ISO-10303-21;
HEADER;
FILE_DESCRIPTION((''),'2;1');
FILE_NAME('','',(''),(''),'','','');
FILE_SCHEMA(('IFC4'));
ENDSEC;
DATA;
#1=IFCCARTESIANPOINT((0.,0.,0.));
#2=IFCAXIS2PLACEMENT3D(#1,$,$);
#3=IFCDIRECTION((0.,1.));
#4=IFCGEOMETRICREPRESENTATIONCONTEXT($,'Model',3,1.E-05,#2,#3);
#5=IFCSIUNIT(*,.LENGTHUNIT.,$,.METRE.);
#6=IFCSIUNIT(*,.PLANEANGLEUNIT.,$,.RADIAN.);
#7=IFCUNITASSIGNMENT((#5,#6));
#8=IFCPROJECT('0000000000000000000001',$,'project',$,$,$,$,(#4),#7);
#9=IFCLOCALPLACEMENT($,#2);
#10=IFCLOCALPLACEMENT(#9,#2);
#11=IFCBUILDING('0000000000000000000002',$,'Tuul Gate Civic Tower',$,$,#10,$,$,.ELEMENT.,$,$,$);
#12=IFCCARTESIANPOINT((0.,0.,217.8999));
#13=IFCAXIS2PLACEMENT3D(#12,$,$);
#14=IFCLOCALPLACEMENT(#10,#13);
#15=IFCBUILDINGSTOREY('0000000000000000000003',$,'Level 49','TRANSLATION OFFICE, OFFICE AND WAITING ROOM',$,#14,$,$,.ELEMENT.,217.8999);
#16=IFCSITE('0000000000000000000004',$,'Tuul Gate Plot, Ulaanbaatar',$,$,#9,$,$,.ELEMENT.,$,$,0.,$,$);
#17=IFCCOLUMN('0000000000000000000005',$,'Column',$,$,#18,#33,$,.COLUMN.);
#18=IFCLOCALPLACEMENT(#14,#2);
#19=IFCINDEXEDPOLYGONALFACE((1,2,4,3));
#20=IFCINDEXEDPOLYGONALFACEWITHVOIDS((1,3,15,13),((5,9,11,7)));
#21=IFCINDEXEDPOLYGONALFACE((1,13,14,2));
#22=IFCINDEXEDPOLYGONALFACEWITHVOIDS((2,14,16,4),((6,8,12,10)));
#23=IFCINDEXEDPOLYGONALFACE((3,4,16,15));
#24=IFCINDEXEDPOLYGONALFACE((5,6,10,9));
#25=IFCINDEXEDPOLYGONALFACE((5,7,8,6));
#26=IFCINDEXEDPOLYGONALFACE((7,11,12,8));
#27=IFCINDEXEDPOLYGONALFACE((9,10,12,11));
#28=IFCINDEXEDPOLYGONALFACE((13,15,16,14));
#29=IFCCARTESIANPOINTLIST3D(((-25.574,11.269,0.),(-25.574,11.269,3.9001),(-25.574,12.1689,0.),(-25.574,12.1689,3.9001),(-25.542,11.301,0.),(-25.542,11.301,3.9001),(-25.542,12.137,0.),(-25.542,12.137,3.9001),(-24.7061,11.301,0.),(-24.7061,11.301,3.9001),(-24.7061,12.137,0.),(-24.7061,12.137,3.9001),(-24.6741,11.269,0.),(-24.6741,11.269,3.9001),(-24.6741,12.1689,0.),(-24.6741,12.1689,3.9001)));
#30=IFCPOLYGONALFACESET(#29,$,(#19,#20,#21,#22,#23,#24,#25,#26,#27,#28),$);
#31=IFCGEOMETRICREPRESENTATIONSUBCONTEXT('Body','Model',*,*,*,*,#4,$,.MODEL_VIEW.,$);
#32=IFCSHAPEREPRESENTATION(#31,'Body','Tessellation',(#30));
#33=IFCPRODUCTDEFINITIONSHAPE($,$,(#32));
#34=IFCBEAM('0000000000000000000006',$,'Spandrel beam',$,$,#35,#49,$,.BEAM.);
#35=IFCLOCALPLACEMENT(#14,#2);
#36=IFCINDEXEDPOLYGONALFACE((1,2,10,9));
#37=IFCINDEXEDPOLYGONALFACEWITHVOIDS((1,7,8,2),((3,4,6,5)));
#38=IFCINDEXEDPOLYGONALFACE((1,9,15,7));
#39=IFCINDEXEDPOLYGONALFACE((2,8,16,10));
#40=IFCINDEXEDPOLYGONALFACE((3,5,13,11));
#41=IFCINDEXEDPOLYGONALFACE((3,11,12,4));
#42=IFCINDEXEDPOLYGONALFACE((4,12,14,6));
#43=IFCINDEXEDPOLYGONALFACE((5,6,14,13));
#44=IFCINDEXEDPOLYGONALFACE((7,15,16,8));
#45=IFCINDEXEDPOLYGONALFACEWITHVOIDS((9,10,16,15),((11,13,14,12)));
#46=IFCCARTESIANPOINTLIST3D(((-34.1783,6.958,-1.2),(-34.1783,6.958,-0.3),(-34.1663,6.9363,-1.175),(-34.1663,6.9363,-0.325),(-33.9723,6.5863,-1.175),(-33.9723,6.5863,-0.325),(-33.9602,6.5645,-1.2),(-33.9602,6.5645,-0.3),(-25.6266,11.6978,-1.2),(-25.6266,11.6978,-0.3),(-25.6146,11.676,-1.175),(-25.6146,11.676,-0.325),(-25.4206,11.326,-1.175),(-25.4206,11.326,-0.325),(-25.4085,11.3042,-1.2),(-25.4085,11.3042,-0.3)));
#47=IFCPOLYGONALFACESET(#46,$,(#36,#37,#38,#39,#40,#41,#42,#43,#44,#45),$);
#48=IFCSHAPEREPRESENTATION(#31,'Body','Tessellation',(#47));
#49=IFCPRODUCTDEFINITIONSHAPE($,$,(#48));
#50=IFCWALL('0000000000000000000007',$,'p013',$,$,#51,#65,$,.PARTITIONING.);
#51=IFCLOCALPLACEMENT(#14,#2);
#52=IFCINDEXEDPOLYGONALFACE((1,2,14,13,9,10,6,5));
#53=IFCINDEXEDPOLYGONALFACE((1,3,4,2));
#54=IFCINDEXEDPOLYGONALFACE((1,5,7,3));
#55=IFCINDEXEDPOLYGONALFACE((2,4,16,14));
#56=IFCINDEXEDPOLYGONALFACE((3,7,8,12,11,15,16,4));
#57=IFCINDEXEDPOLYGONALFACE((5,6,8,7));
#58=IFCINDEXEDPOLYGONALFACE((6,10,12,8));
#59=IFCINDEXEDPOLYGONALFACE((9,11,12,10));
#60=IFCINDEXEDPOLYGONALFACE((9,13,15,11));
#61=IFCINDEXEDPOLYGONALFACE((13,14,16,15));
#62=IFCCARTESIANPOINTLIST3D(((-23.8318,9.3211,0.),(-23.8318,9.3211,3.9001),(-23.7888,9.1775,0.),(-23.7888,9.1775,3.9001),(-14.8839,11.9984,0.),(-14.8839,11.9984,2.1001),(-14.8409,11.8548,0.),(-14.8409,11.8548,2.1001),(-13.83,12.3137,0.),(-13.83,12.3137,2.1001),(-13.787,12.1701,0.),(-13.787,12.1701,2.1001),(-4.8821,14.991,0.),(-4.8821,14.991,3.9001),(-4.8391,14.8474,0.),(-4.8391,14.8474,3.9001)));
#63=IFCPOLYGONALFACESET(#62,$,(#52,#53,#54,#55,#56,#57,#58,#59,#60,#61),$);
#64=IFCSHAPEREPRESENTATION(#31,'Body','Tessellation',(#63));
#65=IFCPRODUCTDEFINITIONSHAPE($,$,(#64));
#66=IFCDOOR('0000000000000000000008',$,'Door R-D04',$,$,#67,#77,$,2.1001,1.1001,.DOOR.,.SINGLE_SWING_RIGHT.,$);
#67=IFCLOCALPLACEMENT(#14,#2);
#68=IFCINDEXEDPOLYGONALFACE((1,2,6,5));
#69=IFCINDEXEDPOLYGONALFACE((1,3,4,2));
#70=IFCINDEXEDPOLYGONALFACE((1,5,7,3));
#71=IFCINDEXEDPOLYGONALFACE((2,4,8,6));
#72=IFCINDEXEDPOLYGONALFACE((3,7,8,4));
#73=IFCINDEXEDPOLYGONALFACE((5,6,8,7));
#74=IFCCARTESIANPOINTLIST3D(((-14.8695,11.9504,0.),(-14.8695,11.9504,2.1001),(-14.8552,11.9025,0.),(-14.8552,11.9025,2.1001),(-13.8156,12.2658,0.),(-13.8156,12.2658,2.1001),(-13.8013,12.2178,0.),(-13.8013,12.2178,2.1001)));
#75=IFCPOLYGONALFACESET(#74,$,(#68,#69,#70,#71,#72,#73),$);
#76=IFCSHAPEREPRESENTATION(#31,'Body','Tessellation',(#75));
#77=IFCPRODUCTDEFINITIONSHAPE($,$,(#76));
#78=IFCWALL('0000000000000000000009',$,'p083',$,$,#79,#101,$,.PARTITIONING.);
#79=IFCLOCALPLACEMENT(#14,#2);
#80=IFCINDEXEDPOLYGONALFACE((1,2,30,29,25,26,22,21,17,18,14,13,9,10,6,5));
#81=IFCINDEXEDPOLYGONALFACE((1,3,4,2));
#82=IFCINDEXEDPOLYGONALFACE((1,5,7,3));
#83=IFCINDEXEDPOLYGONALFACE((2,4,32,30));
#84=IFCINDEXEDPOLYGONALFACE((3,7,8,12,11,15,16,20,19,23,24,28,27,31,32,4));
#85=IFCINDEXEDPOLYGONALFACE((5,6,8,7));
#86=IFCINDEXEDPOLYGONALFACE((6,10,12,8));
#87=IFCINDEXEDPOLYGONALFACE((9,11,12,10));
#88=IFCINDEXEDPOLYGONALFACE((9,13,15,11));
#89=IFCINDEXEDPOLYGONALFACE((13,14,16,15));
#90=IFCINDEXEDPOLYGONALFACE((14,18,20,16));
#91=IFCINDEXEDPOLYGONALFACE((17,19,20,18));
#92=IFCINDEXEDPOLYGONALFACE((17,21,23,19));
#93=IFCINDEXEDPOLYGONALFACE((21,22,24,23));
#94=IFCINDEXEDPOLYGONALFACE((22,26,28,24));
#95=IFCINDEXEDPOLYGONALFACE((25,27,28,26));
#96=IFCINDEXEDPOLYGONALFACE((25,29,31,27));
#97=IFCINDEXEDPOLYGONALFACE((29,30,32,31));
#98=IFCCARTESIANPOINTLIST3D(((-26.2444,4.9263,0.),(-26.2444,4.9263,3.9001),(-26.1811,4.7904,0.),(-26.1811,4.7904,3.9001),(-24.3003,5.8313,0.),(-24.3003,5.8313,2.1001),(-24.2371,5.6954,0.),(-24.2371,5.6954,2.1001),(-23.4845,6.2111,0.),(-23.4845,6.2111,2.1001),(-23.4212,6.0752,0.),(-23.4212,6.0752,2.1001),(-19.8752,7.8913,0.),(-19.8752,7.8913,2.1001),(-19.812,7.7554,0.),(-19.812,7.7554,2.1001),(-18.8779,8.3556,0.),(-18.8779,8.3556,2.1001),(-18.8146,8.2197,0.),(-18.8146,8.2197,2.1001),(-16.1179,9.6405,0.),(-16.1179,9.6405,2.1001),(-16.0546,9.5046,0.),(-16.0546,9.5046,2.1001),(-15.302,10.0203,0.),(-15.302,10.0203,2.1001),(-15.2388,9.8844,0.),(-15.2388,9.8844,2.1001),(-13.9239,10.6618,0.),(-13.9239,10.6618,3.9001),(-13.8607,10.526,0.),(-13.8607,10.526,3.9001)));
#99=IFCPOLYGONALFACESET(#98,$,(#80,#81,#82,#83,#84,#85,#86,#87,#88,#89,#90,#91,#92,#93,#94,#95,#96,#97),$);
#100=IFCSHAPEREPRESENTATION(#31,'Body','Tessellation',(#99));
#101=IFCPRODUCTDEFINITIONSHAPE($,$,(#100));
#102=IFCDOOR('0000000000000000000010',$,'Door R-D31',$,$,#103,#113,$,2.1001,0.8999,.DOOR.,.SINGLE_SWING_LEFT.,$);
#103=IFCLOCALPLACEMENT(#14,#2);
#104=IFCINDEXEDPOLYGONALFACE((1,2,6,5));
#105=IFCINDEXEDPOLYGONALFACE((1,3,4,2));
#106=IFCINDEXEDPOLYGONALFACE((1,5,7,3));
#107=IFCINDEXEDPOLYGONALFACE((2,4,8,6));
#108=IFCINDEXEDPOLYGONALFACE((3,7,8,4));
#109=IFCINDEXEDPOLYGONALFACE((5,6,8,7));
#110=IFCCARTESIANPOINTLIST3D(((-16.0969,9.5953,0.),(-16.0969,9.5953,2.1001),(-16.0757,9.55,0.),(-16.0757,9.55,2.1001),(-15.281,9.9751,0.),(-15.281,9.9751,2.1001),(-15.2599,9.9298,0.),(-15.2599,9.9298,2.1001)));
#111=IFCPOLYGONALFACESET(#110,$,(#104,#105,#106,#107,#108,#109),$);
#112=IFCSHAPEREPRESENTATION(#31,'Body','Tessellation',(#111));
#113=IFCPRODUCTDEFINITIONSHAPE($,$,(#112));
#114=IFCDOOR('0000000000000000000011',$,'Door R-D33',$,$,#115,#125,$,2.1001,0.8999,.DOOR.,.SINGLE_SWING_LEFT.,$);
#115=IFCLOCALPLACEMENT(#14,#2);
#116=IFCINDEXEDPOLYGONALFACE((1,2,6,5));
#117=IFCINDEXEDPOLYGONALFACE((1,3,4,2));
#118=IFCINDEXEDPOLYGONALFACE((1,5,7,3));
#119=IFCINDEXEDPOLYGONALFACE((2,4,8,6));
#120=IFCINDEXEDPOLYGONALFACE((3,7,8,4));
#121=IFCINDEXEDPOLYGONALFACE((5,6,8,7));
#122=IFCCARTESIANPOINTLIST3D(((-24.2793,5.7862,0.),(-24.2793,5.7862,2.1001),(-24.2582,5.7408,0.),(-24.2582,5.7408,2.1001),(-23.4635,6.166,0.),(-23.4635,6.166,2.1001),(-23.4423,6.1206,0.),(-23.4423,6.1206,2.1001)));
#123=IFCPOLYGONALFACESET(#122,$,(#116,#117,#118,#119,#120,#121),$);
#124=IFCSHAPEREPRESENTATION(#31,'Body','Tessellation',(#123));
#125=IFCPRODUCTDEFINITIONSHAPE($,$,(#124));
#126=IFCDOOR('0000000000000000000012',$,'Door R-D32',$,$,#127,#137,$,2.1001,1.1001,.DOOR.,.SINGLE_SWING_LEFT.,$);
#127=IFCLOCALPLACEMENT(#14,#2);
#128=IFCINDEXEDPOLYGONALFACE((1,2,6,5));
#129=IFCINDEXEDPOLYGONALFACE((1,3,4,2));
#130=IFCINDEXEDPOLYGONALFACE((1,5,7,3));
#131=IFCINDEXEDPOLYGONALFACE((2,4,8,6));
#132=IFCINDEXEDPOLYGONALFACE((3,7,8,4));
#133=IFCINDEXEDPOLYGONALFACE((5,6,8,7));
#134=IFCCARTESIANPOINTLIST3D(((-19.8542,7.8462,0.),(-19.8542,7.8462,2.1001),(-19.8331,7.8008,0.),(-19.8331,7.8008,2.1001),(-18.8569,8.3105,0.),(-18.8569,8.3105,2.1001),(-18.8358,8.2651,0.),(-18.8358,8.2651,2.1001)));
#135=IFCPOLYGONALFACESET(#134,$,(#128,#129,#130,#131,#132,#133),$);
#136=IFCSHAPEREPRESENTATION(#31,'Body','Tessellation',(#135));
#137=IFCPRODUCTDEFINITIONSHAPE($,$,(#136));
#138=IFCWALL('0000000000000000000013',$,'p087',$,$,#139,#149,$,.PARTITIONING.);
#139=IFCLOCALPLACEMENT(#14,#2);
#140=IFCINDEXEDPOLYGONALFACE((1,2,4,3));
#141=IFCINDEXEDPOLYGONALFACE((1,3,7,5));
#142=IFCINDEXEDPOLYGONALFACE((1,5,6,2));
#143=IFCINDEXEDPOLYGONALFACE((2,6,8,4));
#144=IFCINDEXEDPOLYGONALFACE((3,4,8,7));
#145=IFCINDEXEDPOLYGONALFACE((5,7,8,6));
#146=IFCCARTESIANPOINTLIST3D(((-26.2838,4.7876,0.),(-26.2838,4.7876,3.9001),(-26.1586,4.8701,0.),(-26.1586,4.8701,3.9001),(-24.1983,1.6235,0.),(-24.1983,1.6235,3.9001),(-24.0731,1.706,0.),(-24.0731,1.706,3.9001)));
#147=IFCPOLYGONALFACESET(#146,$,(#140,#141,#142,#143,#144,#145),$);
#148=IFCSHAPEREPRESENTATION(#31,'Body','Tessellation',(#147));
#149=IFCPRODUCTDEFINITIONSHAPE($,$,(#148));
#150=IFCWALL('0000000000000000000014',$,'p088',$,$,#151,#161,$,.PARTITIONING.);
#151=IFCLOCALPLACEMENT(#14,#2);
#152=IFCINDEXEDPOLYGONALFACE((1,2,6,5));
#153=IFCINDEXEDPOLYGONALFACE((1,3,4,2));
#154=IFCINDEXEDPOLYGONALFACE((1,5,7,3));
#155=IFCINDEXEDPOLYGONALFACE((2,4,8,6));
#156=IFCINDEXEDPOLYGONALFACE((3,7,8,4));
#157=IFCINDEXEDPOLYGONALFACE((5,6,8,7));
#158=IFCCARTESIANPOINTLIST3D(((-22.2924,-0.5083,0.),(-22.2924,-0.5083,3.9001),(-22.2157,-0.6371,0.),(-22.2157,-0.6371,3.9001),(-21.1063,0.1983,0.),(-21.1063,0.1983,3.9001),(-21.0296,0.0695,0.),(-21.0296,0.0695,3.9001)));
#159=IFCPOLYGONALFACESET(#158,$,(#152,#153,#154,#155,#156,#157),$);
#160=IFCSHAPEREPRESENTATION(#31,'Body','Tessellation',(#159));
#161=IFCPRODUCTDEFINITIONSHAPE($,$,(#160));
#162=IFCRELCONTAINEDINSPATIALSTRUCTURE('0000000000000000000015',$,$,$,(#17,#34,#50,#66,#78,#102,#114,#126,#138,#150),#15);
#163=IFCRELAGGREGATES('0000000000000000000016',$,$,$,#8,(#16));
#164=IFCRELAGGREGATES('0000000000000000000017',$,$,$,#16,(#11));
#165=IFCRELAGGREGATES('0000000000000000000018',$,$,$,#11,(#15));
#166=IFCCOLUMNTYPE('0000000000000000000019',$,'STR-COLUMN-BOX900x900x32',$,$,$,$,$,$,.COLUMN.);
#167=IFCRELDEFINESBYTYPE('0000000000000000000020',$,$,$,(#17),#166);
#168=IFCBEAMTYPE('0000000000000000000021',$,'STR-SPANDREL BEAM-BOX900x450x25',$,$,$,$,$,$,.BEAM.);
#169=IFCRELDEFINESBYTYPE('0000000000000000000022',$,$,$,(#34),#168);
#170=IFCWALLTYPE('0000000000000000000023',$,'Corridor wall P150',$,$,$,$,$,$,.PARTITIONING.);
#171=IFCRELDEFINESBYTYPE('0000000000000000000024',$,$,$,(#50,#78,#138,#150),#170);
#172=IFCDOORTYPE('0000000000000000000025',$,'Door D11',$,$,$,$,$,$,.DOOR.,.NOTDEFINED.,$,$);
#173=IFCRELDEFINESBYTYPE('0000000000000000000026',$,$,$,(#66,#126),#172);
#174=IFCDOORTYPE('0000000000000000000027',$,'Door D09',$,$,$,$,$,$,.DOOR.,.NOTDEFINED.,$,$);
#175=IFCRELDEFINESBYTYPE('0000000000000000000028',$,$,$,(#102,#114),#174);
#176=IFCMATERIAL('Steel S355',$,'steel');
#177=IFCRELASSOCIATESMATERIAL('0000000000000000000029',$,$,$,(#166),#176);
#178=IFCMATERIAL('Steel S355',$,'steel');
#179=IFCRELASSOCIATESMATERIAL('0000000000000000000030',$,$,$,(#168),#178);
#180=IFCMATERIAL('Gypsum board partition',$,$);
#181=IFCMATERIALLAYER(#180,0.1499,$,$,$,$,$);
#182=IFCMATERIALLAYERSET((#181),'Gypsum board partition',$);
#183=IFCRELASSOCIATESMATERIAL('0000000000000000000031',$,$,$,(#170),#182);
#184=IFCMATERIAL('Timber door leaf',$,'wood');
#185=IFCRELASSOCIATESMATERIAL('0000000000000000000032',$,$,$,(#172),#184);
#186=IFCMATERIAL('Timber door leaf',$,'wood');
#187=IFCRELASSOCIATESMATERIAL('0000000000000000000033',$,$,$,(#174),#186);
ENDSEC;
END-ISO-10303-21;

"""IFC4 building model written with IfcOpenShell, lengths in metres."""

from ifc_helpers import new_model, si_unit, direction, frame, frame_2d, origin, origin_2d, place, context, subcontext, project, spatial, rectangle, hollow_rectangle, extrude, material, layer, layer_set, material_profile, profile_set, type_object, element, fill, save


model = new_model("IFC4")

# Units and contexts
model_context = context("Model", 3, precision=1e-05, world=origin(), true_north=direction((0.0, 1.0)))
body_context = subcontext(model_context, "Body", "Model", "MODEL_VIEW")
ifc_project = project(units=[si_unit("LENGTHUNIT", "METRE"), si_unit("PLANEANGLEUNIT", "RADIAN")], contexts=[model_context])

# Site, building, storey
site_placement = place(None, origin())
site = spatial("IfcSite", under=ifc_project, at=site_placement, Name="Tuul Gate Plot, Ulaanbaatar", CompositionType="ELEMENT", RefElevation=0.0)
building_placement = place(site_placement, origin())
building = spatial("IfcBuilding", under=site, at=building_placement, Name="Tuul Gate Civic Tower", CompositionType="ELEMENT")
storey_placement = place(building_placement, frame((0.0, 0.0, 217.8999)))
storey = spatial("IfcBuildingStorey", under=building, at=storey_placement, Name="Level 49", Description="TRANSLATION OFFICE, OFFICE AND WAITING ROOM", CompositionType="ELEMENT", Elevation=217.8999)

# Column
ifc_material_1 = material(Name="Steel S355", Category="steel")
ifc_material_profile_1 = material_profile(ifc_material_1, hollow_rectangle(XDim=0.8999, YDim=0.8999, WallThickness=0.032, at=origin_2d()), Name="BOX900x900x32")
ifc_profile_set_1 = profile_set([ifc_material_profile_1], Name="Steel S355")
column_type = type_object("IfcColumnType", Name="STR-COLUMN-BOX900x900x32", PredefinedType="COLUMN", material=ifc_profile_set_1)
column_placement = place(storey_placement, frame((-25.124, 11.719, 0.0), z_axis=(0.0, 0.0, 1.0), x_axis=(1.0, 0.0, 0.0)))
element("IfcColumn", 1, at=column_placement, inside=storey, type_object=column_type, Name="Column", PredefinedType="COLUMN", context=body_context, shape_type="SweptSolid", body=[
    extrude(hollow_rectangle(XDim=0.8999, YDim=0.8999, WallThickness=0.032, at=origin_2d()), origin(), (0.0, 0.0, 1.0), 3.9001),
])

# Beam
ifc_material_2 = material(Name="Steel S355", Category="steel")
ifc_material_profile_2 = material_profile(ifc_material_2, hollow_rectangle(XDim=0.45, YDim=0.8999, WallThickness=0.0249, at=origin_2d()), Name="BOX900x450x25")
ifc_profile_set_2 = profile_set([ifc_material_profile_2], Name="Steel S355")
beam_type = type_object("IfcBeamType", Name="STR-SPANDREL BEAM-BOX900x450x25", PredefinedType="BEAM", material=ifc_profile_set_2)
beam_placement = place(storey_placement, frame((-25.5176, 11.501, -0.75), z_axis=(-0.874644, -0.484765, 0.0), x_axis=(0.484765, -0.874644, 0.0)))
element("IfcBeam", 2, at=beam_placement, inside=storey, type_object=beam_type, Name="Spandrel beam", PredefinedType="BEAM", context=body_context, shape_type="SweptSolid", body=[
    extrude(hollow_rectangle(XDim=0.45, YDim=0.8999, WallThickness=0.0249, at=origin_2d()), origin(), (0.0, 0.0, 1.0), 9.7773),
])

# Wall, opening, door
ifc_material_3 = material(Name="Gypsum board partition")
ifc_layer_1 = layer(ifc_material_3, 0.1499)
ifc_layer_set_1 = layer_set([ifc_layer_1], Name="Gypsum board partition")
wall_type_1 = type_object("IfcWallType", Name="Corridor wall P150", PredefinedType="PARTITIONING", material=ifc_layer_set_1)
wall_1_placement = place(storey_placement, frame((-23.8103, 9.2493, 0.0), z_axis=(0.0, 0.0, 1.0), x_axis=(0.958035, 0.286653, 0.0)))
wall_1 = element("IfcWall", 3, at=wall_1_placement, inside=storey, type_object=wall_type_1, Name="p013", PredefinedType="PARTITIONING", context=body_context, shape_type="SweptSolid", body=[
    extrude(rectangle(XDim=19.7798, YDim=0.1499, at=frame_2d((9.8899, 0.0))), origin(), (0.0, 0.0, 1.0), 3.9001),
])
opening_1_placement = place(wall_1_placement, frame((9.3398, 0.0, 0.0)))
opening_1 = element("IfcOpeningElement", 4, at=opening_1_placement, cuts=wall_1, PredefinedType="OPENING", context=body_context, shape_type="SweptSolid", body=[
    extrude(rectangle(XDim=1.1001, YDim=2.1001, at=frame_2d((0.55, 1.05))), frame((0.0, 0.085, 0.0), z_axis=(0.0, -1.0, 0.0), x_axis=(1.0, 0.0, 0.0)), (0.0, 0.0, 1.0), 0.1699),
])
ifc_material_4 = material(Name="Timber door leaf", Category="wood")
door_type_1 = type_object("IfcDoorType", Name="Door D11", OperationType="NOTDEFINED", PredefinedType="DOOR", material=ifc_material_4)
door_1_placement = place(opening_1_placement, origin())
door_1 = element("IfcDoor", 5, at=door_1_placement, inside=storey, type_object=door_type_1, Name="Door R-D04", OperationType="SINGLE_SWING_RIGHT", OverallHeight=2.1001, OverallWidth=1.1001, PredefinedType="DOOR", context=body_context, shape_type="SweptSolid", body=[
    extrude(rectangle(XDim=1.1001, YDim=2.1001, at=frame_2d((0.55, 1.05))), frame((0.0, 0.0249, 0.0), z_axis=(0.0, -1.0, 0.0), x_axis=(1.0, 0.0, 0.0)), (0.0, 0.0, 1.0), 0.05),
])
fill(opening_1, door_1)

# Wall, openings, doors
wall_2_placement = place(storey_placement, frame((-26.2126, 4.8584, 0.0), z_axis=(0.0, 0.0, 1.0), x_axis=(0.906577, 0.42204, 0.0)))
wall_2 = element("IfcWall", 6, at=wall_2_placement, inside=storey, type_object=wall_type_1, Name="p083", PredefinedType="PARTITIONING", context=body_context, shape_type="SweptSolid", body=[
    extrude(rectangle(XDim=13.5901, YDim=0.1499, at=frame_2d((6.7949, 0.0))), origin(), (0.0, 0.0, 1.0), 3.9001),
])
opening_2_placement = place(wall_2_placement, frame((11.1699, 0.0, 0.0)))
opening_2 = element("IfcOpeningElement", 7, at=opening_2_placement, cuts=wall_2, PredefinedType="OPENING", context=body_context, shape_type="SweptSolid", body=[
    extrude(rectangle(XDim=0.8999, YDim=2.1001, at=frame_2d((0.45, 1.05))), frame((0.0, 0.085, 0.0), z_axis=(0.0, -1.0, 0.0), x_axis=(1.0, 0.0, 0.0)), (0.0, 0.0, 1.0), 0.1699),
])
opening_3_placement = place(wall_2_placement, frame((7.0254, 0.0, 0.0)))
opening_3 = element("IfcOpeningElement", 8, at=opening_3_placement, cuts=wall_2, PredefinedType="OPENING", context=body_context, shape_type="SweptSolid", body=[
    extrude(rectangle(XDim=1.1001, YDim=2.1001, at=frame_2d((0.55, 1.05))), frame((0.0, 0.085, 0.0), z_axis=(0.0, -1.0, 0.0), x_axis=(1.0, 0.0, 0.0)), (0.0, 0.0, 1.0), 0.1699),
])
opening_4_placement = place(wall_2_placement, frame((2.1443, 0.0, 0.0)))
opening_4 = element("IfcOpeningElement", 9, at=opening_4_placement, cuts=wall_2, PredefinedType="OPENING", context=body_context, shape_type="SweptSolid", body=[
    extrude(rectangle(XDim=0.8999, YDim=2.1001, at=frame_2d((0.45, 1.05))), frame((0.0, 0.085, 0.0), z_axis=(0.0, -1.0, 0.0), x_axis=(1.0, 0.0, 0.0)), (0.0, 0.0, 1.0), 0.1699),
])
ifc_material_5 = material(Name="Timber door leaf", Category="wood")
door_type_2 = type_object("IfcDoorType", Name="Door D09", OperationType="NOTDEFINED", PredefinedType="DOOR", material=ifc_material_5)
door_2_placement = place(opening_2_placement, frame((0.8999, 0.0, 0.0), z_axis=(0.0, 0.0, 1.0), x_axis=(-1.0, 0.0, 0.0)))
door_2 = element("IfcDoor", 10, at=door_2_placement, inside=storey, type_object=door_type_2, Name="Door R-D31", OperationType="SINGLE_SWING_LEFT", OverallHeight=2.1001, OverallWidth=0.8999, PredefinedType="DOOR", context=body_context, shape_type="SweptSolid", body=[
    extrude(rectangle(XDim=0.8999, YDim=2.1001, at=frame_2d((0.45, 1.05))), frame((0.0, 0.0249, 0.0), z_axis=(0.0, -1.0, 0.0), x_axis=(1.0, 0.0, 0.0)), (0.0, 0.0, 1.0), 0.05),
])
fill(opening_2, door_2)
door_3_placement = place(opening_4_placement, frame((0.8999, 0.0, 0.0), z_axis=(0.0, 0.0, 1.0), x_axis=(-1.0, 0.0, 0.0)))
door_3 = element("IfcDoor", 11, at=door_3_placement, inside=storey, type_object=door_type_2, Name="Door R-D33", OperationType="SINGLE_SWING_LEFT", OverallHeight=2.1001, OverallWidth=0.8999, PredefinedType="DOOR", context=body_context, shape_type="SweptSolid", body=[
    extrude(rectangle(XDim=0.8999, YDim=2.1001, at=frame_2d((0.45, 1.05))), frame((0.0, 0.0249, 0.0), z_axis=(0.0, -1.0, 0.0), x_axis=(1.0, 0.0, 0.0)), (0.0, 0.0, 1.0), 0.05),
])
fill(opening_4, door_3)
door_4_placement = place(opening_3_placement, frame((1.1001, 0.0, 0.0), z_axis=(0.0, 0.0, 1.0), x_axis=(-1.0, 0.0, 0.0)))
door_4 = element("IfcDoor", 12, at=door_4_placement, inside=storey, type_object=door_type_1, Name="Door R-D32", OperationType="SINGLE_SWING_LEFT", OverallHeight=2.1001, OverallWidth=1.1001, PredefinedType="DOOR", context=body_context, shape_type="SweptSolid", body=[
    extrude(rectangle(XDim=1.1001, YDim=2.1001, at=frame_2d((0.55, 1.05))), frame((0.0, 0.0249, 0.0), z_axis=(0.0, -1.0, 0.0), x_axis=(1.0, 0.0, 0.0)), (0.0, 0.0, 1.0), 0.05),
])
fill(opening_3, door_4)

# Walls
wall_3_placement = place(storey_placement, frame((-26.2212, 4.8289, 0.0), z_axis=(0.0, 0.0, 1.0), x_axis=(0.550322, -0.834953, 0.0)))
element("IfcWall", 13, at=wall_3_placement, inside=storey, type_object=wall_type_1, Name="p087", PredefinedType="PARTITIONING", context=body_context, shape_type="SweptSolid", body=[
    extrude(rectangle(XDim=3.7896, YDim=0.1499, at=frame_2d((1.8948, 0.0))), origin(), (0.0, 0.0, 1.0), 3.9001),
])
wall_4_placement = place(storey_placement, frame((-22.2542, -0.5728, 0.0), z_axis=(0.0, 0.0, 1.0), x_axis=(0.859111, 0.511789, 0.0)))
element("IfcWall", 14, at=wall_4_placement, inside=storey, type_object=wall_type_1, Name="p088", PredefinedType="PARTITIONING", context=body_context, shape_type="SweptSolid", body=[
    extrude(rectangle(XDim=1.3806, YDim=0.1499, at=frame_2d((0.6904, 0.0))), origin(), (0.0, 0.0, 1.0), 3.9001),
])

save(model, "model.ifc")
